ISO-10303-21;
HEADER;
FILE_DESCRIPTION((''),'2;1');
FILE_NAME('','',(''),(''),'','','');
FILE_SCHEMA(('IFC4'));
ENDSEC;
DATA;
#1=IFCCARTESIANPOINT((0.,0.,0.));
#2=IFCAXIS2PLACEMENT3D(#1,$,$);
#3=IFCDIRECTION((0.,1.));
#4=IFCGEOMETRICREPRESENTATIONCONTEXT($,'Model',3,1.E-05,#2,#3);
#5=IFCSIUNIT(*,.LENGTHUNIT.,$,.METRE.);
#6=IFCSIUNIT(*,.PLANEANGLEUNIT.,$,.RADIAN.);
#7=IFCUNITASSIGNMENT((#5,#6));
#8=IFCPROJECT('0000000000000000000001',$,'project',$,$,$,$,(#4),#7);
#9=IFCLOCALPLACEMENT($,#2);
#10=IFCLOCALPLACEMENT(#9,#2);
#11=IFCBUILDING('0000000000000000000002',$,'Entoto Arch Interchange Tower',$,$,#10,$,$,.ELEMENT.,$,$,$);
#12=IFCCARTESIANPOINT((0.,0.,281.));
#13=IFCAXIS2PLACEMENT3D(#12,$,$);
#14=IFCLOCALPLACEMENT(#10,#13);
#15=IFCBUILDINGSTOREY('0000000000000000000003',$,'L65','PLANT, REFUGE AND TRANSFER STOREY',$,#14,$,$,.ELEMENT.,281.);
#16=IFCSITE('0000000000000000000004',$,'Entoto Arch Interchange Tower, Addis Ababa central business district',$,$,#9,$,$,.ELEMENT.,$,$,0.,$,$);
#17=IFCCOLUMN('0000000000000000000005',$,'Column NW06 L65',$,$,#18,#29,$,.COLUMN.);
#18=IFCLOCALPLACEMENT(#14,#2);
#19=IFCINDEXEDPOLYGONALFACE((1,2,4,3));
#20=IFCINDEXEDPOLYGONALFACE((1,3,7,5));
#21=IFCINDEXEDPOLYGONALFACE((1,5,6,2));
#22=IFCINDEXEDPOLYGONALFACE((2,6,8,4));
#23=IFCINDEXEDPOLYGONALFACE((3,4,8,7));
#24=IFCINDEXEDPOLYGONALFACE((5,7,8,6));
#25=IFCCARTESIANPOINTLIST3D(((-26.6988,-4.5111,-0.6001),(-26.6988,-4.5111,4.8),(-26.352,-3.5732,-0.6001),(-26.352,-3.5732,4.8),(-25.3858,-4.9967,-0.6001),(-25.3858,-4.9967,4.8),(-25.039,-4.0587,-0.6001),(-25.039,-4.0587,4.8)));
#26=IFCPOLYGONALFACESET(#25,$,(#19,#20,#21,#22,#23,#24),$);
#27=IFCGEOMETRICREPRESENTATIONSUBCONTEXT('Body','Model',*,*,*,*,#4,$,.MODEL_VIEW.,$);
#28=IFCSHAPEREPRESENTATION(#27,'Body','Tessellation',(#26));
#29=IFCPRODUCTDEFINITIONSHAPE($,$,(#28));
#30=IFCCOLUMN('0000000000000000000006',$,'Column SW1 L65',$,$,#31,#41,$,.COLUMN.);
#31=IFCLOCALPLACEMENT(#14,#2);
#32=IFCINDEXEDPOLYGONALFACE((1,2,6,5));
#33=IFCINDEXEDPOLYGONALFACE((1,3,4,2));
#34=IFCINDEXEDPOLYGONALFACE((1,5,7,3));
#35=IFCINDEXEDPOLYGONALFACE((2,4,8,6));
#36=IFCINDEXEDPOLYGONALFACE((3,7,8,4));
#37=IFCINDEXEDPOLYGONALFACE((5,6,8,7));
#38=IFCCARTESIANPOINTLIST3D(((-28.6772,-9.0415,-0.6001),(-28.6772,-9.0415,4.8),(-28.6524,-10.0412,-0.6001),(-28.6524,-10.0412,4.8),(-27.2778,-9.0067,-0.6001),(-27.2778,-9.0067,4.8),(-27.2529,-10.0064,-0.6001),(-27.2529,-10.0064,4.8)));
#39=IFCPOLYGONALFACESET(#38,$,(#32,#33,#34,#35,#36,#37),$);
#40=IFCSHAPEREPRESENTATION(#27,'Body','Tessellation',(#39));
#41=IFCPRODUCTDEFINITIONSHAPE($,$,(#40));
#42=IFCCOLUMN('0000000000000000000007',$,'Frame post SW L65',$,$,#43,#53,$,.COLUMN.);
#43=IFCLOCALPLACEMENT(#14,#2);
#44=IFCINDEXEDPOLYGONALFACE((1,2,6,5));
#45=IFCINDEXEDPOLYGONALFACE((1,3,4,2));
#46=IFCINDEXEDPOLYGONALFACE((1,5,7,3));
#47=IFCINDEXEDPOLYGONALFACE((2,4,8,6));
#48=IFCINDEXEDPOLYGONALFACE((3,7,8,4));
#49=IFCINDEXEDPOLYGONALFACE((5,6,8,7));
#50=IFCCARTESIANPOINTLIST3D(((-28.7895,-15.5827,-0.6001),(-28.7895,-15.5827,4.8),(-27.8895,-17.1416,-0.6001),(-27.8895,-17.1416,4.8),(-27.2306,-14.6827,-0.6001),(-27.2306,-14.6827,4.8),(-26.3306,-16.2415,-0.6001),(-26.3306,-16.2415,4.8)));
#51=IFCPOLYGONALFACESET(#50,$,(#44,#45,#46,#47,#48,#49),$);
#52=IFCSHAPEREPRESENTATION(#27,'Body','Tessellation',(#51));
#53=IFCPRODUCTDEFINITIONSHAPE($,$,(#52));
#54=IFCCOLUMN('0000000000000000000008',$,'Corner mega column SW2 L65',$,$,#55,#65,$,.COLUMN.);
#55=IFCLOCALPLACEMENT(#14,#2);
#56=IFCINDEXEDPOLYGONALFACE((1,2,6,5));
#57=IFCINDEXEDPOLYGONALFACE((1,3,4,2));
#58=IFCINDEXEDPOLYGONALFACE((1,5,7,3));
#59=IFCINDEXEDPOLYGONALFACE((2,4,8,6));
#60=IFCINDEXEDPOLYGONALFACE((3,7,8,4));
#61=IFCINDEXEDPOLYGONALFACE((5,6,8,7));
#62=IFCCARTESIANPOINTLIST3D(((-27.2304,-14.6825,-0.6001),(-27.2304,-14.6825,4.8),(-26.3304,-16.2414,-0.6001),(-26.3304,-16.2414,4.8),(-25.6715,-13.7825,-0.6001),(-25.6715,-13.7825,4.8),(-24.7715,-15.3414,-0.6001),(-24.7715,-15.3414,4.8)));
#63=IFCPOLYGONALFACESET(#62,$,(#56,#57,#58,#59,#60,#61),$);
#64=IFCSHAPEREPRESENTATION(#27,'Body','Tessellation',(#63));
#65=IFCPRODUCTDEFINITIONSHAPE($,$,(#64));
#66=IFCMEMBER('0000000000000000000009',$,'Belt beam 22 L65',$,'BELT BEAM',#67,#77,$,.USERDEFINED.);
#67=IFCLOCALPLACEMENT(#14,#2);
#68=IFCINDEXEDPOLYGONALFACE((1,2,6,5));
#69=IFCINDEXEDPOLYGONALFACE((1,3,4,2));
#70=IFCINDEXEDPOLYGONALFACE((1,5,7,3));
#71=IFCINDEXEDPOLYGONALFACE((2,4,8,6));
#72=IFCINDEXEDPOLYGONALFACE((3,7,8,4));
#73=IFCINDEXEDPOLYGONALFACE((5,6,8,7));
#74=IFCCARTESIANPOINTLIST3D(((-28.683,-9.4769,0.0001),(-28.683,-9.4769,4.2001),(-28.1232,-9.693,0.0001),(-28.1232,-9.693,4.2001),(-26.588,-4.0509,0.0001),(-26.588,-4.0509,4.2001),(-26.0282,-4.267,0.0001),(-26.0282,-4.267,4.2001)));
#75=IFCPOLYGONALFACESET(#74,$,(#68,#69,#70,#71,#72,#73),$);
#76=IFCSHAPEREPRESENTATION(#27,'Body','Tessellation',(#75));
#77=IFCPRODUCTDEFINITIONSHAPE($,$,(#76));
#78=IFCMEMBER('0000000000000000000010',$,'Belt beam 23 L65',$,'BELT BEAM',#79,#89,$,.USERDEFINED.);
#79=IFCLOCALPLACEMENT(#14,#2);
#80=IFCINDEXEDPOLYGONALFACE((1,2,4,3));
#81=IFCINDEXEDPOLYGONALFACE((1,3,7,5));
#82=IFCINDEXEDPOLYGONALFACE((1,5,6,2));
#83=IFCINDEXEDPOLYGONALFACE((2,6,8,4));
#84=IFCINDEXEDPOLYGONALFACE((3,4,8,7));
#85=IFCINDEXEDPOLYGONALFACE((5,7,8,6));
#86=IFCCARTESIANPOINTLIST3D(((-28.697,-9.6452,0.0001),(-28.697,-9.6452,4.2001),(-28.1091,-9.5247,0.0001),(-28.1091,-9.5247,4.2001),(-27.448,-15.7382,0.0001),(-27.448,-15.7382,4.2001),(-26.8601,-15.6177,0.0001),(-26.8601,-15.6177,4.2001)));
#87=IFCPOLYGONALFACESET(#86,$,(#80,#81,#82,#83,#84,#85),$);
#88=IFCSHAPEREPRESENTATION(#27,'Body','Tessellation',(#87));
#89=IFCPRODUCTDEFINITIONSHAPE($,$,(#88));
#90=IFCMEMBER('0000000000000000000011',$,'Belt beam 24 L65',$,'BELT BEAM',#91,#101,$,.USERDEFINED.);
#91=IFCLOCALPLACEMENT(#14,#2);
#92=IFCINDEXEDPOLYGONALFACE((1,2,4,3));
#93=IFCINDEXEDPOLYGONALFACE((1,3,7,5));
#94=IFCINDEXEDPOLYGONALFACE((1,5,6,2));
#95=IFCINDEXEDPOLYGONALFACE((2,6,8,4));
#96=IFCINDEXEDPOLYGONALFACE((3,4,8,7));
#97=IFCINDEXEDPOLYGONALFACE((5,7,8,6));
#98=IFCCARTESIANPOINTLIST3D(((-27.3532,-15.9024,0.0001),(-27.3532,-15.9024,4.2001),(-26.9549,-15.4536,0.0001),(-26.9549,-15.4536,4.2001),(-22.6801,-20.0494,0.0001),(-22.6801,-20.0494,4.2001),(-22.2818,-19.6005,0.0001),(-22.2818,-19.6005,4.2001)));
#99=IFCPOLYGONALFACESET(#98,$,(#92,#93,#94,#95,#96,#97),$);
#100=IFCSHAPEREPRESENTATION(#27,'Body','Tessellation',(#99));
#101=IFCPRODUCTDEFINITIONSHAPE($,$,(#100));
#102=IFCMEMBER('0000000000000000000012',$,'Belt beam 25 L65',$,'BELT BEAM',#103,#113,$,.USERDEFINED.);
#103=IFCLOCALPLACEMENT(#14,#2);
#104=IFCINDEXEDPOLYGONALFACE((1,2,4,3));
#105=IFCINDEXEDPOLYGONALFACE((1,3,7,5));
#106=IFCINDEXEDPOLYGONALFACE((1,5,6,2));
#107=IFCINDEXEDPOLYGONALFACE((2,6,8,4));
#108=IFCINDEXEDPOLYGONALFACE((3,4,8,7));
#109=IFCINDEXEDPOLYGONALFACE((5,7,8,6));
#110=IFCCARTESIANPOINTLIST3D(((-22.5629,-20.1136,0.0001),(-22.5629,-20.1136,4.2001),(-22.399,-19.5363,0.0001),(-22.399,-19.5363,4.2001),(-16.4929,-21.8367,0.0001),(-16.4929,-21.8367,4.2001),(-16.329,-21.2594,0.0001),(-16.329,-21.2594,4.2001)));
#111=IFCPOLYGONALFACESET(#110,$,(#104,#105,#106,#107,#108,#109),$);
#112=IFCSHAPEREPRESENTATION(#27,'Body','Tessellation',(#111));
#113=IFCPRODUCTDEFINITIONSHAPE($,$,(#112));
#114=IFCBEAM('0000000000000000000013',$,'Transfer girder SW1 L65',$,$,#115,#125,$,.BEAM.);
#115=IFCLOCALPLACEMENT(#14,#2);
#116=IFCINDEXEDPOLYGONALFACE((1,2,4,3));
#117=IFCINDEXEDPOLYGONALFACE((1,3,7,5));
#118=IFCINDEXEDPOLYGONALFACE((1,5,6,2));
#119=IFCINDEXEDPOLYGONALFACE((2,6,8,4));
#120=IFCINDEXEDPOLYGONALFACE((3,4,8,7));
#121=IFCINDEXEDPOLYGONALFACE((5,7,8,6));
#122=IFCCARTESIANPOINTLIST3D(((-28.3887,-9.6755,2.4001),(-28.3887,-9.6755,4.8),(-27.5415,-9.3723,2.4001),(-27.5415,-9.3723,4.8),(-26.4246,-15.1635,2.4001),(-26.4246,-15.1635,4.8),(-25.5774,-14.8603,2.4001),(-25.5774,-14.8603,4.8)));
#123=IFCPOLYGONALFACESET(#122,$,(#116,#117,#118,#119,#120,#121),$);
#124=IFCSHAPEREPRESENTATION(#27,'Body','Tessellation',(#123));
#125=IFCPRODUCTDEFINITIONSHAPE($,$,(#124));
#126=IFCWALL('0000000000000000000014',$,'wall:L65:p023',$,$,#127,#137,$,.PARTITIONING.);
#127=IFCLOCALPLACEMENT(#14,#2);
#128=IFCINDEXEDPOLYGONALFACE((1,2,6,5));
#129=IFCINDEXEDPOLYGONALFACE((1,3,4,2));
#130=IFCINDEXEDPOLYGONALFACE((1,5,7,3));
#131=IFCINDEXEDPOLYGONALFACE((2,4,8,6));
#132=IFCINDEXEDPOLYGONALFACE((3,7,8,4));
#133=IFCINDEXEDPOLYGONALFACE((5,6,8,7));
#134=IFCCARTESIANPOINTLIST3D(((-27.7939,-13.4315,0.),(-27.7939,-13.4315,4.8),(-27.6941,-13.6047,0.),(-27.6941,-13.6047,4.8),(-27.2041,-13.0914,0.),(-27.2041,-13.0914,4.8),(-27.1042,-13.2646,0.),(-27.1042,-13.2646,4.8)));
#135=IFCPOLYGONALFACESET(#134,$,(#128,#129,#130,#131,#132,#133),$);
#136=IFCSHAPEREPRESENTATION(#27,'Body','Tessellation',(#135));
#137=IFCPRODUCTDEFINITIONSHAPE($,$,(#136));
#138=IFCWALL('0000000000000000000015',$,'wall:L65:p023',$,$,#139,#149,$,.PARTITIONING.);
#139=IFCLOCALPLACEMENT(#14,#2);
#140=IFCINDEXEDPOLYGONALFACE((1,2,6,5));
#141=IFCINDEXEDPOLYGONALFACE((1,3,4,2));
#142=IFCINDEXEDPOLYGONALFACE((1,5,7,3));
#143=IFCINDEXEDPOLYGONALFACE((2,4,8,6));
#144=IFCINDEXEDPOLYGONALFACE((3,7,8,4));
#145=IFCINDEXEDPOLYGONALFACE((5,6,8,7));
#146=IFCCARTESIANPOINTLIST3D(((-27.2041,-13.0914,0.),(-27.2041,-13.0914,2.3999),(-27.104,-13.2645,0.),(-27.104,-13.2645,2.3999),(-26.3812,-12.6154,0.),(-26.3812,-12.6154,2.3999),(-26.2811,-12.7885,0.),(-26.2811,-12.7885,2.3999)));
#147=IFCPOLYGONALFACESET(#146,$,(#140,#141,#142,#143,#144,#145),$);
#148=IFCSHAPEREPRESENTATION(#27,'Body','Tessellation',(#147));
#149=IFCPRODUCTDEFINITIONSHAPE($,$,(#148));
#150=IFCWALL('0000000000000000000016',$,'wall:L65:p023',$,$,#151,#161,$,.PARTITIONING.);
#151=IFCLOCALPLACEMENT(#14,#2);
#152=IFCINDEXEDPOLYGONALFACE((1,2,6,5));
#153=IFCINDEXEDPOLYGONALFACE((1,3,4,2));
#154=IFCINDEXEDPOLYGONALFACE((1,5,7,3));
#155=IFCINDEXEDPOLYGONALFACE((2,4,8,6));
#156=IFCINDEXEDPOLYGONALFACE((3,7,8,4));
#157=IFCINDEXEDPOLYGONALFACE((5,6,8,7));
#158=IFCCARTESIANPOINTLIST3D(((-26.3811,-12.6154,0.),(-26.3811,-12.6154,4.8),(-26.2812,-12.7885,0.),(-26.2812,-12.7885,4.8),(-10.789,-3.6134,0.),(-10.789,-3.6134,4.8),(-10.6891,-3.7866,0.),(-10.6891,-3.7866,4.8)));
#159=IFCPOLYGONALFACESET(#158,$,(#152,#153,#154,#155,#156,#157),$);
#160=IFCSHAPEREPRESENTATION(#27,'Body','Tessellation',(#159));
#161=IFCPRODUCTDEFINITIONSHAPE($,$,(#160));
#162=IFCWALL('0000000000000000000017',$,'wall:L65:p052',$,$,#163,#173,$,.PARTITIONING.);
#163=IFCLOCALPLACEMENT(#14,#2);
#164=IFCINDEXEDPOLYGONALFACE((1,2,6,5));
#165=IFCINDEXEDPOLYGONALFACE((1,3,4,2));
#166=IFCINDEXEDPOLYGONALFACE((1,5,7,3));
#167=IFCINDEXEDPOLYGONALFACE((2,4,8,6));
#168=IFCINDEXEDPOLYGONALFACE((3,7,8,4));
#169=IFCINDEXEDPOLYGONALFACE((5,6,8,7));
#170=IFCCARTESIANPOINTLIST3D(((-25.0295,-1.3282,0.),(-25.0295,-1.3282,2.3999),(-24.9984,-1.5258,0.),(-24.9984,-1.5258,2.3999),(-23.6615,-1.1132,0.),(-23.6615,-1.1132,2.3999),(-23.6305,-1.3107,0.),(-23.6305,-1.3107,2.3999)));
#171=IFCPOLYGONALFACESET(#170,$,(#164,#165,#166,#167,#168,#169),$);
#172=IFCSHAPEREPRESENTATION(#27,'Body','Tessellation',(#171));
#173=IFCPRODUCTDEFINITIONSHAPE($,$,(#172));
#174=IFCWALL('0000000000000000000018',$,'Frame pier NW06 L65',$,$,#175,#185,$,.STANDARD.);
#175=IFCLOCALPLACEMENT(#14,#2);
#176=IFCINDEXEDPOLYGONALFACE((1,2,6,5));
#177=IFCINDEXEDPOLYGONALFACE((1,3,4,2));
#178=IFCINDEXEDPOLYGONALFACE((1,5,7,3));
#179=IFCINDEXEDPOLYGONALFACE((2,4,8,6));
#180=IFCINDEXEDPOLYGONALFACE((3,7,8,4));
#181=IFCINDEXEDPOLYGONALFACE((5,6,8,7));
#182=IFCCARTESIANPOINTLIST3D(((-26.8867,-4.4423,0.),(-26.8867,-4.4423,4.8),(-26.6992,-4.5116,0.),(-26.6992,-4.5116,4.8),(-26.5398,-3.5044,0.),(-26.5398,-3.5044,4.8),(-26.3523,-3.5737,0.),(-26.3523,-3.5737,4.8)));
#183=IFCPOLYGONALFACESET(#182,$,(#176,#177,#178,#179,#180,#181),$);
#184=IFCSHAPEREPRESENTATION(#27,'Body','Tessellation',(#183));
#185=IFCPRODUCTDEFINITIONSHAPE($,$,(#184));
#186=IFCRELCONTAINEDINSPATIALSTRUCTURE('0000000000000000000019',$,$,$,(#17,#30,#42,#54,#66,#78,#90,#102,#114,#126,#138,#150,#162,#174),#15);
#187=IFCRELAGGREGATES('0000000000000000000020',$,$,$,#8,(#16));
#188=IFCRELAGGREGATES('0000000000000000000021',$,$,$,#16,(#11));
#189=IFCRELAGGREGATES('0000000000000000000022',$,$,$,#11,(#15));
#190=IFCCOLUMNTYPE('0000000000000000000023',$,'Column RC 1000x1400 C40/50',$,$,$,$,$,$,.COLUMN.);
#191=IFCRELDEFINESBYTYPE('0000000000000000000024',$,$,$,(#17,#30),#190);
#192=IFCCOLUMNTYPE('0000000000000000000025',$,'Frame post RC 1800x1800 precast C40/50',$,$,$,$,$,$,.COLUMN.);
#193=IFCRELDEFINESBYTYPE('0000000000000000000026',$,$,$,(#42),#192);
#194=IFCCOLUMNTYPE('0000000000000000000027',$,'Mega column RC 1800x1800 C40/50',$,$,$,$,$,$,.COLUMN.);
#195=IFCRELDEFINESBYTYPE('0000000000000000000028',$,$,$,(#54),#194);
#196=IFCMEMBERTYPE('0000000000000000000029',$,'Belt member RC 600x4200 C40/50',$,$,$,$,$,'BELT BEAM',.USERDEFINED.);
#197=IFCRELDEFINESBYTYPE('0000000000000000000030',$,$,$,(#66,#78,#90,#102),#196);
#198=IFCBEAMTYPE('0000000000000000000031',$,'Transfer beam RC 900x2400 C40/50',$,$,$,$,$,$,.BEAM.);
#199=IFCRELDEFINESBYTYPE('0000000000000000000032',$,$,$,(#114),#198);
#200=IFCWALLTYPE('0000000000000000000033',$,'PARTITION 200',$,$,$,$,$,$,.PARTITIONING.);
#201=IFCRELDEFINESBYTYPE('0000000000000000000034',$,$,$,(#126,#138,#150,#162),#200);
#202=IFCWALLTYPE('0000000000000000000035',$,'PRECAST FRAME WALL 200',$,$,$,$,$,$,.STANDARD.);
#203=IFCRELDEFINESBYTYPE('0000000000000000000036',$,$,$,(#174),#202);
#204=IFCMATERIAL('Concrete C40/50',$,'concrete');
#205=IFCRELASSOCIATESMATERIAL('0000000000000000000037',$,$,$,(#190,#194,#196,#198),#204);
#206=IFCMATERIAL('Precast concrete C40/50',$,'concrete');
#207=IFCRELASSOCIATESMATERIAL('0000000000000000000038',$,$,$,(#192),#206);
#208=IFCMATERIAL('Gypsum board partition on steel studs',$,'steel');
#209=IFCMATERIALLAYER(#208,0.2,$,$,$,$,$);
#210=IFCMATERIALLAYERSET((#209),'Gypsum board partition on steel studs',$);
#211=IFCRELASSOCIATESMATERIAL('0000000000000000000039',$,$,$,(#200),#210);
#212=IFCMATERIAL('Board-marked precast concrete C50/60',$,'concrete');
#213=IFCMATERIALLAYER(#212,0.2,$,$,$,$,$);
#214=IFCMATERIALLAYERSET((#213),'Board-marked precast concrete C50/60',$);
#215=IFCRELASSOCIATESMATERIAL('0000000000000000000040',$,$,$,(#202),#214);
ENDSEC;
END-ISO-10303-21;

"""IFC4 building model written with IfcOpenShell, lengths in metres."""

from ifc_helpers import new_model, si_unit, direction, frame, frame_2d, origin, origin_2d, place, context, subcontext, project, spatial, rectangle, extrude, material, layer, layer_set, material_profile, profile_set, type_object, element, save


model = new_model("IFC4")

# Units and contexts
model_context = context("Model", 3, precision=1e-05, world=origin(), true_north=direction((0.0, 1.0)))
body_context = subcontext(model_context, "Body", "Model", "MODEL_VIEW")
ifc_project = project(units=[si_unit("LENGTHUNIT", "METRE"), si_unit("PLANEANGLEUNIT", "RADIAN")], contexts=[model_context])

# Site, building, storey
site_placement = place(None, origin())
site = spatial("IfcSite", under=ifc_project, at=site_placement, Name="Entoto Arch Interchange Tower, Addis Ababa central business district", CompositionType="ELEMENT", RefElevation=0.0)
building_placement = place(site_placement, origin())
building = spatial("IfcBuilding", under=site, at=building_placement, Name="Entoto Arch Interchange Tower", CompositionType="ELEMENT")
storey_placement = place(building_placement, frame((0.0, 0.0, 281.0)))
storey = spatial("IfcBuildingStorey", under=building, at=storey_placement, Name="L65", Description="PLANT, REFUGE AND TRANSFER STOREY", CompositionType="ELEMENT", Elevation=281.0)

# Columns
ifc_material_1 = material(Name="Concrete C40/50", Category="concrete")
ifc_material_profile_1 = material_profile(ifc_material_1, rectangle(XDim=1.0, YDim=1.3999, at=origin_2d()))
ifc_profile_set_1 = profile_set([ifc_material_profile_1], Name="Concrete C40/50")
column_type_1 = type_object("IfcColumnType", Name="Column RC 1000x1400 C40/50", PredefinedType="COLUMN", material=ifc_profile_set_1)
for number, where, z_axis, x_axis, name in (
    (1, (-25.8689, -4.2849, -0.6001), (0.0, 0.0, 1.0), (0.346854, 0.937919, 0.0), "Column NW06 L65"),
    (2, (-27.9651, -9.5239, -0.6001), (0.0, 0.0, 1.0), (-0.024833, 0.999692, 0.0), "Column SW1 L65"),
):
    element("IfcColumn", number, at=place(storey_placement, frame(where, z_axis=z_axis, x_axis=x_axis)), inside=storey, type_object=column_type_1, Name=name, PredefinedType="COLUMN", context=body_context, shape_type="SweptSolid", body=[
        extrude(rectangle(XDim=1.0, YDim=1.3999, at=origin_2d()), origin(), (0.0, 0.0, 1.0), 5.4001),
    ])
ifc_material_2 = material(Name="Precast concrete C40/50", Category="concrete")
ifc_material_profile_2 = material_profile(ifc_material_2, rectangle(XDim=1.8, YDim=1.8, at=origin_2d()))
ifc_profile_set_2 = profile_set([ifc_material_profile_2], Name="Precast concrete C40/50")
column_type_2 = type_object("IfcColumnType", Name="Frame post RC 1800x1800 precast C40/50", PredefinedType="COLUMN", material=ifc_profile_set_2)
column_1_placement = place(storey_placement, frame((-27.5601, -15.9121, -0.6001), z_axis=(0.0, 0.0, 1.0), x_axis=(0.866025, 0.5, 0.0)))
element("IfcColumn", 3, at=column_1_placement, inside=storey, type_object=column_type_2, Name="Frame post SW L65", PredefinedType="COLUMN", context=body_context, shape_type="SweptSolid", body=[
    extrude(rectangle(XDim=1.8, YDim=1.8, at=origin_2d()), origin(), (0.0, 0.0, 1.0), 5.4001),
])
ifc_material_profile_3 = material_profile(ifc_material_1, rectangle(XDim=1.8, YDim=1.8, at=origin_2d()))
ifc_profile_set_3 = profile_set([ifc_material_profile_3], Name="Concrete C40/50")
column_type_3 = type_object("IfcColumnType", Name="Mega column RC 1800x1800 C40/50", PredefinedType="COLUMN", material=ifc_profile_set_3)
column_2_placement = place(storey_placement, frame((-26.001, -15.012, -0.6001), z_axis=(0.0, 0.0, 1.0), x_axis=(0.866025, 0.5, 0.0)))
element("IfcColumn", 4, at=column_2_placement, inside=storey, type_object=column_type_3, Name="Corner mega column SW2 L65", PredefinedType="COLUMN", context=body_context, shape_type="SweptSolid", body=[
    extrude(rectangle(XDim=1.8, YDim=1.8, at=origin_2d()), origin(), (0.0, 0.0, 1.0), 5.4001),
])

# Members
ifc_material_profile_4 = material_profile(ifc_material_1, rectangle(XDim=0.6001, YDim=4.2, at=origin_2d()))
ifc_profile_set_4 = profile_set([ifc_material_profile_4], Name="Concrete C40/50")
member_type = type_object("IfcMemberType", Name="Belt member RC 600x4200 C40/50", ElementType="BELT BEAM", PredefinedType="USERDEFINED", material=ifc_profile_set_4)
member_1_placement = place(storey_placement, frame((-26.3081, -4.1589, 2.1001), z_axis=(-0.360183, -0.932882, 0.0), x_axis=(0.932882, -0.360183, 0.0)))
element("IfcMember", 5, at=member_1_placement, inside=storey, type_object=member_type, Name="Belt beam 22 L65", ObjectType="BELT BEAM", PredefinedType="USERDEFINED", context=body_context, shape_type="SweptSolid", body=[
    extrude(rectangle(XDim=0.6001, YDim=4.2, at=origin_2d()), origin(), (0.0, 0.0, 1.0), 5.8164),
])
member_2_placement = place(storey_placement, frame((-28.4031, -9.585, 2.1001), z_axis=(0.200817, -0.979629, 0.0), x_axis=(0.979629, 0.200817, 0.0)))
element("IfcMember", 6, at=member_2_placement, inside=storey, type_object=member_type, Name="Belt beam 23 L65", ObjectType="BELT BEAM", PredefinedType="USERDEFINED", context=body_context, shape_type="SweptSolid", body=[
    extrude(rectangle(XDim=0.6001, YDim=4.2, at=origin_2d()), origin(), (0.0, 0.0, 1.0), 6.2197),
])
member_3_placement = place(storey_placement, frame((-27.1541, -15.678, 2.1001), z_axis=(0.747957, -0.663748, 0.0), x_axis=(0.663748, 0.747957, 0.0)))
element("IfcMember", 7, at=member_3_placement, inside=storey, type_object=member_type, Name="Belt beam 24 L65", ObjectType="BELT BEAM", PredefinedType="USERDEFINED", context=body_context, shape_type="SweptSolid", body=[
    extrude(rectangle(XDim=0.6001, YDim=4.2, at=origin_2d()), origin(), (0.0, 0.0, 1.0), 6.2478),
])
member_4_placement = place(storey_placement, frame((-22.481, -19.825, 2.1001), z_axis=(0.96199, -0.273085, 0.0), x_axis=(0.273085, 0.96199, 0.0)))
element("IfcMember", 8, at=member_4_placement, inside=storey, type_object=member_type, Name="Belt beam 25 L65", ObjectType="BELT BEAM", PredefinedType="USERDEFINED", context=body_context, shape_type="SweptSolid", body=[
    extrude(rectangle(XDim=0.6001, YDim=4.2, at=origin_2d()), origin(), (0.0, 0.0, 1.0), 6.3098),
])

# Beam
ifc_material_profile_5 = material_profile(ifc_material_1, rectangle(XDim=0.8999, YDim=2.3999, at=origin_2d()))
ifc_profile_set_5 = profile_set([ifc_material_profile_5], Name="Concrete C40/50")
beam_type = type_object("IfcBeamType", Name="Transfer beam RC 900x2400 C40/50", PredefinedType="BEAM", material=ifc_profile_set_5)
beam_placement = place(storey_placement, frame((-27.9651, -9.5239, 3.6001), z_axis=(0.33696, -0.941519, 0.0), x_axis=(0.941519, 0.33696, 0.0)))
element("IfcBeam", 9, at=beam_placement, inside=storey, type_object=beam_type, Name="Transfer girder SW1 L65", PredefinedType="BEAM", context=body_context, shape_type="SweptSolid", body=[
    extrude(rectangle(XDim=0.8999, YDim=2.3999, at=origin_2d()), origin(), (0.0, 0.0, 1.0), 5.8289),
])

# Walls
ifc_material_3 = material(Name="Gypsum board partition on steel studs", Category="steel")
ifc_layer_1 = layer(ifc_material_3, 0.2)
ifc_layer_set_1 = layer_set([ifc_layer_1], Name="Gypsum board partition on steel studs")
wall_type_1 = type_object("IfcWallType", Name="PARTITION 200", PredefinedType="PARTITIONING", material=ifc_layer_set_1)
wall_1_placement = place(storey_placement, frame((-27.7439, -13.5181, 0.0), z_axis=(0.0, 0.0, 1.0), x_axis=(0.866317, 0.499495, 0.0)))
element("IfcWall", 10, at=wall_1_placement, inside=storey, type_object=wall_type_1, Name="wall:L65:p023", PredefinedType="PARTITIONING", context=body_context, shape_type="SweptSolid", body=[
    extrude(rectangle(XDim=0.6809, YDim=0.2, at=frame_2d((0.3403, 0.0))), origin(), (0.0, 0.0, 1.0), 4.8),
])
wall_2_placement = place(storey_placement, frame((-27.1541, -13.178, 0.0), z_axis=(0.0, 0.0, 1.0), x_axis=(0.865608, 0.500722, 0.0)))
element("IfcWall", 11, at=wall_2_placement, inside=storey, type_object=wall_type_1, Name="wall:L65:p023", PredefinedType="PARTITIONING", context=body_context, shape_type="SweptSolid", body=[
    extrude(rectangle(XDim=0.9507, YDim=0.2, at=frame_2d((0.4753, 0.0))), origin(), (0.0, 0.0, 1.0), 2.3999),
])
wall_3_placement = place(storey_placement, frame((-26.3311, -12.7019, 0.0), z_axis=(0.0, 0.0, 1.0), x_axis=(0.866028, 0.499995, 0.0)))
element("IfcWall", 12, at=wall_3_placement, inside=storey, type_object=wall_type_1, Name="wall:L65:p023", PredefinedType="PARTITIONING", context=body_context, shape_type="SweptSolid", body=[
    extrude(rectangle(XDim=18.0042, YDim=0.2, at=frame_2d((9.002, 0.0))), origin(), (0.0, 0.0, 1.0), 4.8),
])
wall_4_placement = place(storey_placement, frame((-23.646, -1.2119, 0.0), z_axis=(0.0, 0.0, 1.0), x_axis=(-0.987863, -0.155329, 0.0)))
element("IfcWall", 13, at=wall_4_placement, inside=storey, type_object=wall_type_1, Name="wall:L65:p052", PredefinedType="PARTITIONING", context=body_context, shape_type="SweptSolid", body=[
    extrude(rectangle(XDim=1.3848, YDim=0.2, at=frame_2d((0.6924, 0.0))), origin(), (0.0, 0.0, 1.0), 2.3999),
])
ifc_material_4 = material(Name="Board-marked precast concrete C50/60", Category="concrete")
ifc_layer_2 = layer(ifc_material_4, 0.2)
ifc_layer_set_2 = layer_set([ifc_layer_2], Name="Board-marked precast concrete C50/60")
wall_type_2 = type_object("IfcWallType", Name="PRECAST FRAME WALL 200", PredefinedType="STANDARD", material=ifc_layer_set_2)
wall_5_placement = place(storey_placement, frame((-26.446, -3.5391, 0.0), z_axis=(0.0, 0.0, 1.0), x_axis=(-0.346893, -0.937905, 0.0)))
element("IfcWall", 14, at=wall_5_placement, inside=storey, type_object=wall_type_2, Name="Frame pier NW06 L65", PredefinedType="STANDARD", context=body_context, shape_type="SweptSolid", body=[
    extrude(rectangle(XDim=1.0, YDim=0.2, at=frame_2d((0.5, 0.0))), origin(), (0.0, 0.0, 1.0), 4.8),
])

save(model, "model.ifc")
